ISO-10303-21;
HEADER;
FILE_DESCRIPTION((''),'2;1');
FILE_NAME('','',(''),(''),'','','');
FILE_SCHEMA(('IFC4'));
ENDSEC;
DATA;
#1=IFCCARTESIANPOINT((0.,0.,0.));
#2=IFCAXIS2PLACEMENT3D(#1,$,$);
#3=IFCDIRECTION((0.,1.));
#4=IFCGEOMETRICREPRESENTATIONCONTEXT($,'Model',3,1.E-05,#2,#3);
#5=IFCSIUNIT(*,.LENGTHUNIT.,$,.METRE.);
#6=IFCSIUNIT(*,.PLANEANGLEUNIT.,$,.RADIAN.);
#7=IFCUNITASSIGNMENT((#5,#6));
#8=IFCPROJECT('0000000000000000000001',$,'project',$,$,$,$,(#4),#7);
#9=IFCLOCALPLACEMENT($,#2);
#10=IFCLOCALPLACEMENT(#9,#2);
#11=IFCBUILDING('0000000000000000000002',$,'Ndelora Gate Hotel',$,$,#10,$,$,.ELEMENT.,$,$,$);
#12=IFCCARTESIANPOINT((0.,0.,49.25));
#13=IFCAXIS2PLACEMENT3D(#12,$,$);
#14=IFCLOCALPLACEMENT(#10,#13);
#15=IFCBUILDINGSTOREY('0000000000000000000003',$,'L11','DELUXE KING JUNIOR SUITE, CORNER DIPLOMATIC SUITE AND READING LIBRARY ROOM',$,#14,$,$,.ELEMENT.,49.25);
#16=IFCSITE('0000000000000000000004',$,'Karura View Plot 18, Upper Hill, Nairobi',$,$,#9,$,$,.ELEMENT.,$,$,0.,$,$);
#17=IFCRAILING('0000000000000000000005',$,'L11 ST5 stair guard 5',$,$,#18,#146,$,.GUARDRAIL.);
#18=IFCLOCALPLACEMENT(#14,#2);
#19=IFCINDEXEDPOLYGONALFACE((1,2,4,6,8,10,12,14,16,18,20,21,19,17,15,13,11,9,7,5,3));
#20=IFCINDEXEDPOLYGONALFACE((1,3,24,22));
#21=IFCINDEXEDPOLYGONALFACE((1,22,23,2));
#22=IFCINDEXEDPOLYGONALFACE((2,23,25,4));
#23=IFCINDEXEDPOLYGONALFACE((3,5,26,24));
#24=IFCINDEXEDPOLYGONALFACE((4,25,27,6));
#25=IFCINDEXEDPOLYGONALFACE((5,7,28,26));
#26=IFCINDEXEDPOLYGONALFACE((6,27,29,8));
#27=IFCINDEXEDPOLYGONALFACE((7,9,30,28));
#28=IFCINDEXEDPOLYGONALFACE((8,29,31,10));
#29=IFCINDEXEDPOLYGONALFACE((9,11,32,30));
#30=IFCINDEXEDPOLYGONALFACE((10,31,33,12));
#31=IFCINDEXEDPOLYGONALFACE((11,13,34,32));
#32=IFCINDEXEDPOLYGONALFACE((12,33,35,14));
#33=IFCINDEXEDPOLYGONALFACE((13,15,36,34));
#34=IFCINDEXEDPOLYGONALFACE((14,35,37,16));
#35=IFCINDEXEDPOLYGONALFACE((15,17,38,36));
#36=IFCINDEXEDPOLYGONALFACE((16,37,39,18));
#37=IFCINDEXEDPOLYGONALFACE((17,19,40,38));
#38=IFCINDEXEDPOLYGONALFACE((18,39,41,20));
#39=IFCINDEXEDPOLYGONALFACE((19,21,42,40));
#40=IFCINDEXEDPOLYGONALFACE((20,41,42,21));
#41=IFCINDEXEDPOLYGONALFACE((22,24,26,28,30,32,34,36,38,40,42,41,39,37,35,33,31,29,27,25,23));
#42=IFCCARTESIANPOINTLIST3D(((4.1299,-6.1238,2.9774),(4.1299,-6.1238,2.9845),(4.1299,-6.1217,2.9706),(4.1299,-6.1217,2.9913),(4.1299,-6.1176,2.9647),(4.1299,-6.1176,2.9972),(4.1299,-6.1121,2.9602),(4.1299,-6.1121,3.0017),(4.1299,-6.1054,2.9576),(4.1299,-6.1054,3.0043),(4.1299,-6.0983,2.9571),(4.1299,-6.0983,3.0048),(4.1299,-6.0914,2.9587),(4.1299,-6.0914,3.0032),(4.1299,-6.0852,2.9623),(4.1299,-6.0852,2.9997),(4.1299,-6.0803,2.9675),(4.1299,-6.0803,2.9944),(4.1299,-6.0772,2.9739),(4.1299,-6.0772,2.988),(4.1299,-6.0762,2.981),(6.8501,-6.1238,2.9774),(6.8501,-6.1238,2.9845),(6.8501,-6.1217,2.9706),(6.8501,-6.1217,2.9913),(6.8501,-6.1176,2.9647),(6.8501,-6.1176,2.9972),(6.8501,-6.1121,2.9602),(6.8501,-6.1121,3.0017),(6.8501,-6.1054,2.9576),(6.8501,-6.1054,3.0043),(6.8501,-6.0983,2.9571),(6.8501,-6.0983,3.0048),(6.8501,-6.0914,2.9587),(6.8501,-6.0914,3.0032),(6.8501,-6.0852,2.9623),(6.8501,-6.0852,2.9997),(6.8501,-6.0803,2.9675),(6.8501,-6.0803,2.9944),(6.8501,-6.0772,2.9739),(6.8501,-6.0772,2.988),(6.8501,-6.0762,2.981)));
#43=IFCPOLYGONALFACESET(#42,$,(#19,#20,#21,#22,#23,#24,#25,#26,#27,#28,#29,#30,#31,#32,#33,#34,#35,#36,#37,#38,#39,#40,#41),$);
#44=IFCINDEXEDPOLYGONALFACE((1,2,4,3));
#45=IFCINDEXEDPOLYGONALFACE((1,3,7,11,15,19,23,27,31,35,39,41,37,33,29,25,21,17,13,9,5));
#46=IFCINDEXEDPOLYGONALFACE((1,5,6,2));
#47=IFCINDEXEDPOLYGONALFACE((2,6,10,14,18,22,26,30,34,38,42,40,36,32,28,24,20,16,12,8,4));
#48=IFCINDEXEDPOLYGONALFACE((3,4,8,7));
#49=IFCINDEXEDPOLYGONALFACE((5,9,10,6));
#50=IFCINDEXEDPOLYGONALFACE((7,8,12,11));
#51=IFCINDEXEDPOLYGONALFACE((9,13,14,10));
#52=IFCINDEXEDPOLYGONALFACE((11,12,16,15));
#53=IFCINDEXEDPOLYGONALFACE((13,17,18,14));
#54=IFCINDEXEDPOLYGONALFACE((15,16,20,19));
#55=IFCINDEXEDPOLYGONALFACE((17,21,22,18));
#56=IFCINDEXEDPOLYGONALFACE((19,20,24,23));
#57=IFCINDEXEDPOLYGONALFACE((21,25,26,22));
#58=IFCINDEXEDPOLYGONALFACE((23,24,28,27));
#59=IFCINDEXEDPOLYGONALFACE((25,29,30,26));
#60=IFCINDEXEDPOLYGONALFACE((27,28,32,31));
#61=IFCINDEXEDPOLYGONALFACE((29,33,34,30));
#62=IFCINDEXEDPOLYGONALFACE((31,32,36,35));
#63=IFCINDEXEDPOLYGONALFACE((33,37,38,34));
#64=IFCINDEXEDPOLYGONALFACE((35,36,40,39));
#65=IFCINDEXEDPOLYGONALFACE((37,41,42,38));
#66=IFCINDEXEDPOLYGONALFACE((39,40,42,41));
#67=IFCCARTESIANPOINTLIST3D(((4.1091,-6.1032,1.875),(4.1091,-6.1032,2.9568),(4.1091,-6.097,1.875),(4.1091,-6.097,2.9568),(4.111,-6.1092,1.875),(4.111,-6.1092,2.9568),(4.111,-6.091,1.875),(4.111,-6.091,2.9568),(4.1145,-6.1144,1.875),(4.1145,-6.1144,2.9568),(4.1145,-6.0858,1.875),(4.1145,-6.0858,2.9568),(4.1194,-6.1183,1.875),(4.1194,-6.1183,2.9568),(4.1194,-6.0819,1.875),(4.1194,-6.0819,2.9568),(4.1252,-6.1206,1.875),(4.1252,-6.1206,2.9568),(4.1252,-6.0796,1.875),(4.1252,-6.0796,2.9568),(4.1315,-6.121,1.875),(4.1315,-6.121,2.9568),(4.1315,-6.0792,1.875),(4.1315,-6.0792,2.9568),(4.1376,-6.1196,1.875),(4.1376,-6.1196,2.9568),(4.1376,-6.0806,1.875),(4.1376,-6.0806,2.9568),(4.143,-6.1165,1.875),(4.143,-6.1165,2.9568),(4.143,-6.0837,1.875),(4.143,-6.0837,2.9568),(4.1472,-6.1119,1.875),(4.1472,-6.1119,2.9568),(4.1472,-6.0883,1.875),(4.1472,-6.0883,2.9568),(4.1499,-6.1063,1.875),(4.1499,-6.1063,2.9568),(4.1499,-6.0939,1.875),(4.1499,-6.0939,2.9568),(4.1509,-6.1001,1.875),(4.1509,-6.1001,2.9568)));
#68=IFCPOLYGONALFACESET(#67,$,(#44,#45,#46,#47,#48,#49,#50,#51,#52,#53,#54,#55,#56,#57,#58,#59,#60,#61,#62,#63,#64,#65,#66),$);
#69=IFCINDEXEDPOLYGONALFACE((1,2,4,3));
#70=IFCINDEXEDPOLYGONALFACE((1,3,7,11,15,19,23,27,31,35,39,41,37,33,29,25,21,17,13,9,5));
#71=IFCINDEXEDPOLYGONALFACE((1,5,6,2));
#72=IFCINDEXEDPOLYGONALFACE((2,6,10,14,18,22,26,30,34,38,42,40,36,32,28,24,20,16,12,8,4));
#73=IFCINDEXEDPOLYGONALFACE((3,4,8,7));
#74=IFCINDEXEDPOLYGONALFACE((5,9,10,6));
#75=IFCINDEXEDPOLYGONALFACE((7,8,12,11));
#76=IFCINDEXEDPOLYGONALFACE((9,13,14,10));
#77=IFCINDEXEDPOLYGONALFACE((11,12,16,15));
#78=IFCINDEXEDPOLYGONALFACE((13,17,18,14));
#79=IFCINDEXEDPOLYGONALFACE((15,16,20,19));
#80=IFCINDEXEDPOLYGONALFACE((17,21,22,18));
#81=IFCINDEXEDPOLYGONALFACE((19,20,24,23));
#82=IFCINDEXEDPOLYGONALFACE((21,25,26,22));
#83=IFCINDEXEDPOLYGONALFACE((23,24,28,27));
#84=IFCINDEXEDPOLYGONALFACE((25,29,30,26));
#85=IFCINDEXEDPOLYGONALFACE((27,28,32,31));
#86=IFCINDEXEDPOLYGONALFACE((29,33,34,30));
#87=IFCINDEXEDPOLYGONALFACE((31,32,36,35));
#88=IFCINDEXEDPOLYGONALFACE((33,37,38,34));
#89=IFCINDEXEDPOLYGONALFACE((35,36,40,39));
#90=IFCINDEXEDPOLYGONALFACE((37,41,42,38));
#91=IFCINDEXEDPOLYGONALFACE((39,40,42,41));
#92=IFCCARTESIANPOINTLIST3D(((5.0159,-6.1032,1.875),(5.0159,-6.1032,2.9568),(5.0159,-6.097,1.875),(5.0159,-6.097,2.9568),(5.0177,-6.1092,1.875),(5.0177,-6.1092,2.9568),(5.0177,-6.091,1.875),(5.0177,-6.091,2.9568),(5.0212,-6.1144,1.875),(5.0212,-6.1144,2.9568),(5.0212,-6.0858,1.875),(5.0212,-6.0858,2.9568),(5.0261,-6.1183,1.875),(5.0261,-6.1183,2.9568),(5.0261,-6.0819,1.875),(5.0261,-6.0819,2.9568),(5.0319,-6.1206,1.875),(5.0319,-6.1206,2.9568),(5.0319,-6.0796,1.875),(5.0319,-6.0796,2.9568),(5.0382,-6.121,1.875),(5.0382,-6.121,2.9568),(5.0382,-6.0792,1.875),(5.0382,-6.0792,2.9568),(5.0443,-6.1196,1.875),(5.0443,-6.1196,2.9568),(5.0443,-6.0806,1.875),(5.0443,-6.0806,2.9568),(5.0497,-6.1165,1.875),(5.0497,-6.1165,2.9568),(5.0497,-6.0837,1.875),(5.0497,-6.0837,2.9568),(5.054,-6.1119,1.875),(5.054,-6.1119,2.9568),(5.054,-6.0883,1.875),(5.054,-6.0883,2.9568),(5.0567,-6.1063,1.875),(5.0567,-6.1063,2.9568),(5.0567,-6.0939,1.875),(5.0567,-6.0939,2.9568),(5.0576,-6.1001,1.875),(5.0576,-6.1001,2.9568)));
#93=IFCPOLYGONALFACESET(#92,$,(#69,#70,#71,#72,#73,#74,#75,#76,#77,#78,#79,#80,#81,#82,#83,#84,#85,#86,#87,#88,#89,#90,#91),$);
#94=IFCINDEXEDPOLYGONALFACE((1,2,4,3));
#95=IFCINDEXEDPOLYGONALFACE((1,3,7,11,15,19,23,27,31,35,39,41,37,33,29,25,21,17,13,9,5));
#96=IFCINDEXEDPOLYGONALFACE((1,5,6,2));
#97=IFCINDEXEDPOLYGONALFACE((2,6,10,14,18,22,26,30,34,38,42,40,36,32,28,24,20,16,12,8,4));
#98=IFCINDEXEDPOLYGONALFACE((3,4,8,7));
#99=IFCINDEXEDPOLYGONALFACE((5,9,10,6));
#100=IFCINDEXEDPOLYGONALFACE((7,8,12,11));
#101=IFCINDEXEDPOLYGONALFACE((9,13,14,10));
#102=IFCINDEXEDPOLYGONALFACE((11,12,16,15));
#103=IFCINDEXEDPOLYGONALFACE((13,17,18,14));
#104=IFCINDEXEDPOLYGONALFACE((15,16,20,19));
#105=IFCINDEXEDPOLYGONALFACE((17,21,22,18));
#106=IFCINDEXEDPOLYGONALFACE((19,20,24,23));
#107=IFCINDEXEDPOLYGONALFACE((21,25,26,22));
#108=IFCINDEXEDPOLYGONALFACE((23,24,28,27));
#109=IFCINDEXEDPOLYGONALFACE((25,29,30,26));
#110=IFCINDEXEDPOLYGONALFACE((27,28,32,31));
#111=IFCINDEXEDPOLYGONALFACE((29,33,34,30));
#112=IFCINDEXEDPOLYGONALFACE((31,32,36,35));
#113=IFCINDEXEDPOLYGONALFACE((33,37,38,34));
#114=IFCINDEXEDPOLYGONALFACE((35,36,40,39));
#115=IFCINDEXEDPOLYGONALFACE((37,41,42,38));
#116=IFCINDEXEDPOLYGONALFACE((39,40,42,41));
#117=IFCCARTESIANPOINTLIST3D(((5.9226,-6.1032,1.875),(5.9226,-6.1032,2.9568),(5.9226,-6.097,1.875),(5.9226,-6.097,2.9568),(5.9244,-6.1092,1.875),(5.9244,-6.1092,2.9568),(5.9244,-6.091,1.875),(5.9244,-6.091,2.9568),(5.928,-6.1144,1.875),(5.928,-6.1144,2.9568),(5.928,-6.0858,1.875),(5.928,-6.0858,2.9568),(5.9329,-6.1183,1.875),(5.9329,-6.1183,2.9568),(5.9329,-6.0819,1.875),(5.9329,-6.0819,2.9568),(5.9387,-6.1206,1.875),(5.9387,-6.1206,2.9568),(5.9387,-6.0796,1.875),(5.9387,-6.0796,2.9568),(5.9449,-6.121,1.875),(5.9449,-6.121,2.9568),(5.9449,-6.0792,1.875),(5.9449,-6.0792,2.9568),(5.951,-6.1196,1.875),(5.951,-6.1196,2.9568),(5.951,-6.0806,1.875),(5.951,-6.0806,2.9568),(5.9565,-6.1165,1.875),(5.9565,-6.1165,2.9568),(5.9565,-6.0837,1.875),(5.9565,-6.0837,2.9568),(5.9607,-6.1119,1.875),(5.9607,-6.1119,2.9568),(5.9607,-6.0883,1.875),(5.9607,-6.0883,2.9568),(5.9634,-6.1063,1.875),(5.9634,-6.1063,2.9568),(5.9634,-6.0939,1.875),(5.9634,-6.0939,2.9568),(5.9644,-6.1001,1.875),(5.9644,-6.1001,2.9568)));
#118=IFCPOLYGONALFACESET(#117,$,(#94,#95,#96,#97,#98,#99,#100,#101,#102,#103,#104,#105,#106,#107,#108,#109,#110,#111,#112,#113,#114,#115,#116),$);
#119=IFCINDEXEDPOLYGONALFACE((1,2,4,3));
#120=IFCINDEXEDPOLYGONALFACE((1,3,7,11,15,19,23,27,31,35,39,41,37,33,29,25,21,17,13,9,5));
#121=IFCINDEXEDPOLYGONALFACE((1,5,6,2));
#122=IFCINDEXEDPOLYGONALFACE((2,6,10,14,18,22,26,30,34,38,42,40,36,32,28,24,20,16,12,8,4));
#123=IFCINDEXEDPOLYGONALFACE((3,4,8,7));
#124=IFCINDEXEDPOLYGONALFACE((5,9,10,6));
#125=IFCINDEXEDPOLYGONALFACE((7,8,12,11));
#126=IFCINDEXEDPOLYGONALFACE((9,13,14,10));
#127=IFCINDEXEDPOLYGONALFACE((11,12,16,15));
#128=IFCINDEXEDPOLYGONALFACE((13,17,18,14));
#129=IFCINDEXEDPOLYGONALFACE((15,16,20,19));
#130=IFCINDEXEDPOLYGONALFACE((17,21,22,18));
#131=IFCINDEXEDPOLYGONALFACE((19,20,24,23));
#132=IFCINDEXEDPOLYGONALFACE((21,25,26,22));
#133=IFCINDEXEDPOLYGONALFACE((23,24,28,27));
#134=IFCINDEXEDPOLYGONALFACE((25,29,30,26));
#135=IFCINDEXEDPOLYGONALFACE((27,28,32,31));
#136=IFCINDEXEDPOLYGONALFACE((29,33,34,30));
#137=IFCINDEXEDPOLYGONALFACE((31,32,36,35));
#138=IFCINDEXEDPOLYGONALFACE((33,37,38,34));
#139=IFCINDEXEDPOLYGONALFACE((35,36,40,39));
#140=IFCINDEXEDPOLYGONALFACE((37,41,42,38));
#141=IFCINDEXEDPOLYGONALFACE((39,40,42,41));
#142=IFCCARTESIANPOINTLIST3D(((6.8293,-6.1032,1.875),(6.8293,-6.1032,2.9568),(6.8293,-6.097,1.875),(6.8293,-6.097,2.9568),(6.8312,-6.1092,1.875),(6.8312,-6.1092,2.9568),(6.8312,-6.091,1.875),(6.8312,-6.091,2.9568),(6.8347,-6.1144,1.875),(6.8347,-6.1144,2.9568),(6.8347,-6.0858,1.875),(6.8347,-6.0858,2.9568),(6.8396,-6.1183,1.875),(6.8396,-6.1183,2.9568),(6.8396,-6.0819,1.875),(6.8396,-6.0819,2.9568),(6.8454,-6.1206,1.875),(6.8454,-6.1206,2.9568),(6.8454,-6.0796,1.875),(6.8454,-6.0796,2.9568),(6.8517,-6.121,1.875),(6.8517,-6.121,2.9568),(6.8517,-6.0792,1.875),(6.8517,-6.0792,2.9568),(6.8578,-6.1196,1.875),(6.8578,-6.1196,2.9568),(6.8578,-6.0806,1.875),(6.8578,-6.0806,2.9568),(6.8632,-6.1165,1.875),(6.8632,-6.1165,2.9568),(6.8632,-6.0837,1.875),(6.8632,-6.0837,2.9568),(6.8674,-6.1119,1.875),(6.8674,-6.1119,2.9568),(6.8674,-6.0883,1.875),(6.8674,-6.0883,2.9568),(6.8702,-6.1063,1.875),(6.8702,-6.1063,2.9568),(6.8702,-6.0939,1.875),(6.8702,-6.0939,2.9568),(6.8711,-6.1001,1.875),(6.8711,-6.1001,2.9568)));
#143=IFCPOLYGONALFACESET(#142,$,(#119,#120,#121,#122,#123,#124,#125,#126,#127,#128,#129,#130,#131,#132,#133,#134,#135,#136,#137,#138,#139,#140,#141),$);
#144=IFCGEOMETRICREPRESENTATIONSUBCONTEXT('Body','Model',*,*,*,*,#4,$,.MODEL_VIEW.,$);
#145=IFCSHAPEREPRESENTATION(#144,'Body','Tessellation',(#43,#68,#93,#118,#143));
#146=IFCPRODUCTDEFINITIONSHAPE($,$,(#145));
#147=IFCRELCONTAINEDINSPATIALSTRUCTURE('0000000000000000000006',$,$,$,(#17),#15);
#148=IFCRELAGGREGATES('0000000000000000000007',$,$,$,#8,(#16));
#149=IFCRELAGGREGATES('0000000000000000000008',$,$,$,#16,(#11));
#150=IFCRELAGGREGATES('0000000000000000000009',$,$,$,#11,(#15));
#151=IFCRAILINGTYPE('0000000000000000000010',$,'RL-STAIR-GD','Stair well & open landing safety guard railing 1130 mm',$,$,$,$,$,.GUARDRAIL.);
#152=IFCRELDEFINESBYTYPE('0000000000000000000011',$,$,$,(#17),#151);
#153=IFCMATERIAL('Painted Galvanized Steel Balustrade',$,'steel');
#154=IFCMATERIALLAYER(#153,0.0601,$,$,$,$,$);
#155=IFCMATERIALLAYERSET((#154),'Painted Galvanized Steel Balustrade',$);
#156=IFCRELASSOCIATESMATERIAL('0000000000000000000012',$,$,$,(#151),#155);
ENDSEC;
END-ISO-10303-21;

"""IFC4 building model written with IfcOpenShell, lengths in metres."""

from ifc_helpers import new_model, si_unit, direction, frame, origin, origin_2d, place, context, subcontext, project, spatial, circle, extrude, material, layer, layer_set, type_object, element, save


model = new_model("IFC4")

# Units and contexts
model_context = context("Model", 3, precision=1e-05, world=origin(), true_north=direction((0.0, 1.0)))
body_context = subcontext(model_context, "Body", "Model", "MODEL_VIEW")
ifc_project = project(units=[si_unit("LENGTHUNIT", "METRE"), si_unit("PLANEANGLEUNIT", "RADIAN")], contexts=[model_context])

# Site, building, storey
site_placement = place(None, origin())
site = spatial("IfcSite", under=ifc_project, at=site_placement, Name="Karura View Plot 18, Upper Hill, Nairobi", CompositionType="ELEMENT", RefElevation=0.0)
building_placement = place(site_placement, origin())
building = spatial("IfcBuilding", under=site, at=building_placement, Name="Ndelora Gate Hotel", CompositionType="ELEMENT")
storey_placement = place(building_placement, frame((0.0, 0.0, 49.25)))
storey = spatial("IfcBuildingStorey", under=building, at=storey_placement, Name="L11", Description="DELUXE KING JUNIOR SUITE, CORNER DIPLOMATIC SUITE AND READING LIBRARY ROOM", CompositionType="ELEMENT", Elevation=49.25)

# Railing
ifc_material_1 = material(Name="Painted Galvanized Steel Balustrade", Category="steel")
ifc_layer_1 = layer(ifc_material_1, 0.0601)
ifc_layer_set_1 = layer_set([ifc_layer_1], Name="Painted Galvanized Steel Balustrade")
railing_type = type_object("IfcRailingType", Name="RL-STAIR-GD", Description="Stair well & open landing safety guard railing 1130 mm", PredefinedType="GUARDRAIL", material=ifc_layer_set_1)
railing_1_placement = place(storey_placement, frame((4.1299, -6.1001, 1.875)))
element("IfcRailing", 1, at=railing_1_placement, inside=storey, type_object=railing_type, Name="L11 ST5 stair guard 5", PredefinedType="GUARDRAIL", context=body_context, shape_type="SweptSolid", body=[
    extrude(circle(Radius=0.0239, at=origin_2d()), frame((0.0, 0.0, 1.106), z_axis=(1.0, 0.0, 0.0), x_axis=(0.0, 1.0, 0.0)), (0.0, 0.0, 1.0), 2.7202),
    extrude(circle(Radius=0.021, at=origin_2d()), origin(), (0.0, 0.0, 1.0), 1.0818),
    extrude(circle(Radius=0.021, at=origin_2d()), frame((0.9067, 0.0, 0.0)), (0.0, 0.0, 1.0), 1.0818),
    extrude(circle(Radius=0.021, at=origin_2d()), frame((1.8135, 0.0, 0.0)), (0.0, 0.0, 1.0), 1.0818),
    extrude(circle(Radius=0.021, at=origin_2d()), frame((2.7202, 0.0, 0.0)), (0.0, 0.0, 1.0), 1.0818),
])

save(model, "model.ifc")
